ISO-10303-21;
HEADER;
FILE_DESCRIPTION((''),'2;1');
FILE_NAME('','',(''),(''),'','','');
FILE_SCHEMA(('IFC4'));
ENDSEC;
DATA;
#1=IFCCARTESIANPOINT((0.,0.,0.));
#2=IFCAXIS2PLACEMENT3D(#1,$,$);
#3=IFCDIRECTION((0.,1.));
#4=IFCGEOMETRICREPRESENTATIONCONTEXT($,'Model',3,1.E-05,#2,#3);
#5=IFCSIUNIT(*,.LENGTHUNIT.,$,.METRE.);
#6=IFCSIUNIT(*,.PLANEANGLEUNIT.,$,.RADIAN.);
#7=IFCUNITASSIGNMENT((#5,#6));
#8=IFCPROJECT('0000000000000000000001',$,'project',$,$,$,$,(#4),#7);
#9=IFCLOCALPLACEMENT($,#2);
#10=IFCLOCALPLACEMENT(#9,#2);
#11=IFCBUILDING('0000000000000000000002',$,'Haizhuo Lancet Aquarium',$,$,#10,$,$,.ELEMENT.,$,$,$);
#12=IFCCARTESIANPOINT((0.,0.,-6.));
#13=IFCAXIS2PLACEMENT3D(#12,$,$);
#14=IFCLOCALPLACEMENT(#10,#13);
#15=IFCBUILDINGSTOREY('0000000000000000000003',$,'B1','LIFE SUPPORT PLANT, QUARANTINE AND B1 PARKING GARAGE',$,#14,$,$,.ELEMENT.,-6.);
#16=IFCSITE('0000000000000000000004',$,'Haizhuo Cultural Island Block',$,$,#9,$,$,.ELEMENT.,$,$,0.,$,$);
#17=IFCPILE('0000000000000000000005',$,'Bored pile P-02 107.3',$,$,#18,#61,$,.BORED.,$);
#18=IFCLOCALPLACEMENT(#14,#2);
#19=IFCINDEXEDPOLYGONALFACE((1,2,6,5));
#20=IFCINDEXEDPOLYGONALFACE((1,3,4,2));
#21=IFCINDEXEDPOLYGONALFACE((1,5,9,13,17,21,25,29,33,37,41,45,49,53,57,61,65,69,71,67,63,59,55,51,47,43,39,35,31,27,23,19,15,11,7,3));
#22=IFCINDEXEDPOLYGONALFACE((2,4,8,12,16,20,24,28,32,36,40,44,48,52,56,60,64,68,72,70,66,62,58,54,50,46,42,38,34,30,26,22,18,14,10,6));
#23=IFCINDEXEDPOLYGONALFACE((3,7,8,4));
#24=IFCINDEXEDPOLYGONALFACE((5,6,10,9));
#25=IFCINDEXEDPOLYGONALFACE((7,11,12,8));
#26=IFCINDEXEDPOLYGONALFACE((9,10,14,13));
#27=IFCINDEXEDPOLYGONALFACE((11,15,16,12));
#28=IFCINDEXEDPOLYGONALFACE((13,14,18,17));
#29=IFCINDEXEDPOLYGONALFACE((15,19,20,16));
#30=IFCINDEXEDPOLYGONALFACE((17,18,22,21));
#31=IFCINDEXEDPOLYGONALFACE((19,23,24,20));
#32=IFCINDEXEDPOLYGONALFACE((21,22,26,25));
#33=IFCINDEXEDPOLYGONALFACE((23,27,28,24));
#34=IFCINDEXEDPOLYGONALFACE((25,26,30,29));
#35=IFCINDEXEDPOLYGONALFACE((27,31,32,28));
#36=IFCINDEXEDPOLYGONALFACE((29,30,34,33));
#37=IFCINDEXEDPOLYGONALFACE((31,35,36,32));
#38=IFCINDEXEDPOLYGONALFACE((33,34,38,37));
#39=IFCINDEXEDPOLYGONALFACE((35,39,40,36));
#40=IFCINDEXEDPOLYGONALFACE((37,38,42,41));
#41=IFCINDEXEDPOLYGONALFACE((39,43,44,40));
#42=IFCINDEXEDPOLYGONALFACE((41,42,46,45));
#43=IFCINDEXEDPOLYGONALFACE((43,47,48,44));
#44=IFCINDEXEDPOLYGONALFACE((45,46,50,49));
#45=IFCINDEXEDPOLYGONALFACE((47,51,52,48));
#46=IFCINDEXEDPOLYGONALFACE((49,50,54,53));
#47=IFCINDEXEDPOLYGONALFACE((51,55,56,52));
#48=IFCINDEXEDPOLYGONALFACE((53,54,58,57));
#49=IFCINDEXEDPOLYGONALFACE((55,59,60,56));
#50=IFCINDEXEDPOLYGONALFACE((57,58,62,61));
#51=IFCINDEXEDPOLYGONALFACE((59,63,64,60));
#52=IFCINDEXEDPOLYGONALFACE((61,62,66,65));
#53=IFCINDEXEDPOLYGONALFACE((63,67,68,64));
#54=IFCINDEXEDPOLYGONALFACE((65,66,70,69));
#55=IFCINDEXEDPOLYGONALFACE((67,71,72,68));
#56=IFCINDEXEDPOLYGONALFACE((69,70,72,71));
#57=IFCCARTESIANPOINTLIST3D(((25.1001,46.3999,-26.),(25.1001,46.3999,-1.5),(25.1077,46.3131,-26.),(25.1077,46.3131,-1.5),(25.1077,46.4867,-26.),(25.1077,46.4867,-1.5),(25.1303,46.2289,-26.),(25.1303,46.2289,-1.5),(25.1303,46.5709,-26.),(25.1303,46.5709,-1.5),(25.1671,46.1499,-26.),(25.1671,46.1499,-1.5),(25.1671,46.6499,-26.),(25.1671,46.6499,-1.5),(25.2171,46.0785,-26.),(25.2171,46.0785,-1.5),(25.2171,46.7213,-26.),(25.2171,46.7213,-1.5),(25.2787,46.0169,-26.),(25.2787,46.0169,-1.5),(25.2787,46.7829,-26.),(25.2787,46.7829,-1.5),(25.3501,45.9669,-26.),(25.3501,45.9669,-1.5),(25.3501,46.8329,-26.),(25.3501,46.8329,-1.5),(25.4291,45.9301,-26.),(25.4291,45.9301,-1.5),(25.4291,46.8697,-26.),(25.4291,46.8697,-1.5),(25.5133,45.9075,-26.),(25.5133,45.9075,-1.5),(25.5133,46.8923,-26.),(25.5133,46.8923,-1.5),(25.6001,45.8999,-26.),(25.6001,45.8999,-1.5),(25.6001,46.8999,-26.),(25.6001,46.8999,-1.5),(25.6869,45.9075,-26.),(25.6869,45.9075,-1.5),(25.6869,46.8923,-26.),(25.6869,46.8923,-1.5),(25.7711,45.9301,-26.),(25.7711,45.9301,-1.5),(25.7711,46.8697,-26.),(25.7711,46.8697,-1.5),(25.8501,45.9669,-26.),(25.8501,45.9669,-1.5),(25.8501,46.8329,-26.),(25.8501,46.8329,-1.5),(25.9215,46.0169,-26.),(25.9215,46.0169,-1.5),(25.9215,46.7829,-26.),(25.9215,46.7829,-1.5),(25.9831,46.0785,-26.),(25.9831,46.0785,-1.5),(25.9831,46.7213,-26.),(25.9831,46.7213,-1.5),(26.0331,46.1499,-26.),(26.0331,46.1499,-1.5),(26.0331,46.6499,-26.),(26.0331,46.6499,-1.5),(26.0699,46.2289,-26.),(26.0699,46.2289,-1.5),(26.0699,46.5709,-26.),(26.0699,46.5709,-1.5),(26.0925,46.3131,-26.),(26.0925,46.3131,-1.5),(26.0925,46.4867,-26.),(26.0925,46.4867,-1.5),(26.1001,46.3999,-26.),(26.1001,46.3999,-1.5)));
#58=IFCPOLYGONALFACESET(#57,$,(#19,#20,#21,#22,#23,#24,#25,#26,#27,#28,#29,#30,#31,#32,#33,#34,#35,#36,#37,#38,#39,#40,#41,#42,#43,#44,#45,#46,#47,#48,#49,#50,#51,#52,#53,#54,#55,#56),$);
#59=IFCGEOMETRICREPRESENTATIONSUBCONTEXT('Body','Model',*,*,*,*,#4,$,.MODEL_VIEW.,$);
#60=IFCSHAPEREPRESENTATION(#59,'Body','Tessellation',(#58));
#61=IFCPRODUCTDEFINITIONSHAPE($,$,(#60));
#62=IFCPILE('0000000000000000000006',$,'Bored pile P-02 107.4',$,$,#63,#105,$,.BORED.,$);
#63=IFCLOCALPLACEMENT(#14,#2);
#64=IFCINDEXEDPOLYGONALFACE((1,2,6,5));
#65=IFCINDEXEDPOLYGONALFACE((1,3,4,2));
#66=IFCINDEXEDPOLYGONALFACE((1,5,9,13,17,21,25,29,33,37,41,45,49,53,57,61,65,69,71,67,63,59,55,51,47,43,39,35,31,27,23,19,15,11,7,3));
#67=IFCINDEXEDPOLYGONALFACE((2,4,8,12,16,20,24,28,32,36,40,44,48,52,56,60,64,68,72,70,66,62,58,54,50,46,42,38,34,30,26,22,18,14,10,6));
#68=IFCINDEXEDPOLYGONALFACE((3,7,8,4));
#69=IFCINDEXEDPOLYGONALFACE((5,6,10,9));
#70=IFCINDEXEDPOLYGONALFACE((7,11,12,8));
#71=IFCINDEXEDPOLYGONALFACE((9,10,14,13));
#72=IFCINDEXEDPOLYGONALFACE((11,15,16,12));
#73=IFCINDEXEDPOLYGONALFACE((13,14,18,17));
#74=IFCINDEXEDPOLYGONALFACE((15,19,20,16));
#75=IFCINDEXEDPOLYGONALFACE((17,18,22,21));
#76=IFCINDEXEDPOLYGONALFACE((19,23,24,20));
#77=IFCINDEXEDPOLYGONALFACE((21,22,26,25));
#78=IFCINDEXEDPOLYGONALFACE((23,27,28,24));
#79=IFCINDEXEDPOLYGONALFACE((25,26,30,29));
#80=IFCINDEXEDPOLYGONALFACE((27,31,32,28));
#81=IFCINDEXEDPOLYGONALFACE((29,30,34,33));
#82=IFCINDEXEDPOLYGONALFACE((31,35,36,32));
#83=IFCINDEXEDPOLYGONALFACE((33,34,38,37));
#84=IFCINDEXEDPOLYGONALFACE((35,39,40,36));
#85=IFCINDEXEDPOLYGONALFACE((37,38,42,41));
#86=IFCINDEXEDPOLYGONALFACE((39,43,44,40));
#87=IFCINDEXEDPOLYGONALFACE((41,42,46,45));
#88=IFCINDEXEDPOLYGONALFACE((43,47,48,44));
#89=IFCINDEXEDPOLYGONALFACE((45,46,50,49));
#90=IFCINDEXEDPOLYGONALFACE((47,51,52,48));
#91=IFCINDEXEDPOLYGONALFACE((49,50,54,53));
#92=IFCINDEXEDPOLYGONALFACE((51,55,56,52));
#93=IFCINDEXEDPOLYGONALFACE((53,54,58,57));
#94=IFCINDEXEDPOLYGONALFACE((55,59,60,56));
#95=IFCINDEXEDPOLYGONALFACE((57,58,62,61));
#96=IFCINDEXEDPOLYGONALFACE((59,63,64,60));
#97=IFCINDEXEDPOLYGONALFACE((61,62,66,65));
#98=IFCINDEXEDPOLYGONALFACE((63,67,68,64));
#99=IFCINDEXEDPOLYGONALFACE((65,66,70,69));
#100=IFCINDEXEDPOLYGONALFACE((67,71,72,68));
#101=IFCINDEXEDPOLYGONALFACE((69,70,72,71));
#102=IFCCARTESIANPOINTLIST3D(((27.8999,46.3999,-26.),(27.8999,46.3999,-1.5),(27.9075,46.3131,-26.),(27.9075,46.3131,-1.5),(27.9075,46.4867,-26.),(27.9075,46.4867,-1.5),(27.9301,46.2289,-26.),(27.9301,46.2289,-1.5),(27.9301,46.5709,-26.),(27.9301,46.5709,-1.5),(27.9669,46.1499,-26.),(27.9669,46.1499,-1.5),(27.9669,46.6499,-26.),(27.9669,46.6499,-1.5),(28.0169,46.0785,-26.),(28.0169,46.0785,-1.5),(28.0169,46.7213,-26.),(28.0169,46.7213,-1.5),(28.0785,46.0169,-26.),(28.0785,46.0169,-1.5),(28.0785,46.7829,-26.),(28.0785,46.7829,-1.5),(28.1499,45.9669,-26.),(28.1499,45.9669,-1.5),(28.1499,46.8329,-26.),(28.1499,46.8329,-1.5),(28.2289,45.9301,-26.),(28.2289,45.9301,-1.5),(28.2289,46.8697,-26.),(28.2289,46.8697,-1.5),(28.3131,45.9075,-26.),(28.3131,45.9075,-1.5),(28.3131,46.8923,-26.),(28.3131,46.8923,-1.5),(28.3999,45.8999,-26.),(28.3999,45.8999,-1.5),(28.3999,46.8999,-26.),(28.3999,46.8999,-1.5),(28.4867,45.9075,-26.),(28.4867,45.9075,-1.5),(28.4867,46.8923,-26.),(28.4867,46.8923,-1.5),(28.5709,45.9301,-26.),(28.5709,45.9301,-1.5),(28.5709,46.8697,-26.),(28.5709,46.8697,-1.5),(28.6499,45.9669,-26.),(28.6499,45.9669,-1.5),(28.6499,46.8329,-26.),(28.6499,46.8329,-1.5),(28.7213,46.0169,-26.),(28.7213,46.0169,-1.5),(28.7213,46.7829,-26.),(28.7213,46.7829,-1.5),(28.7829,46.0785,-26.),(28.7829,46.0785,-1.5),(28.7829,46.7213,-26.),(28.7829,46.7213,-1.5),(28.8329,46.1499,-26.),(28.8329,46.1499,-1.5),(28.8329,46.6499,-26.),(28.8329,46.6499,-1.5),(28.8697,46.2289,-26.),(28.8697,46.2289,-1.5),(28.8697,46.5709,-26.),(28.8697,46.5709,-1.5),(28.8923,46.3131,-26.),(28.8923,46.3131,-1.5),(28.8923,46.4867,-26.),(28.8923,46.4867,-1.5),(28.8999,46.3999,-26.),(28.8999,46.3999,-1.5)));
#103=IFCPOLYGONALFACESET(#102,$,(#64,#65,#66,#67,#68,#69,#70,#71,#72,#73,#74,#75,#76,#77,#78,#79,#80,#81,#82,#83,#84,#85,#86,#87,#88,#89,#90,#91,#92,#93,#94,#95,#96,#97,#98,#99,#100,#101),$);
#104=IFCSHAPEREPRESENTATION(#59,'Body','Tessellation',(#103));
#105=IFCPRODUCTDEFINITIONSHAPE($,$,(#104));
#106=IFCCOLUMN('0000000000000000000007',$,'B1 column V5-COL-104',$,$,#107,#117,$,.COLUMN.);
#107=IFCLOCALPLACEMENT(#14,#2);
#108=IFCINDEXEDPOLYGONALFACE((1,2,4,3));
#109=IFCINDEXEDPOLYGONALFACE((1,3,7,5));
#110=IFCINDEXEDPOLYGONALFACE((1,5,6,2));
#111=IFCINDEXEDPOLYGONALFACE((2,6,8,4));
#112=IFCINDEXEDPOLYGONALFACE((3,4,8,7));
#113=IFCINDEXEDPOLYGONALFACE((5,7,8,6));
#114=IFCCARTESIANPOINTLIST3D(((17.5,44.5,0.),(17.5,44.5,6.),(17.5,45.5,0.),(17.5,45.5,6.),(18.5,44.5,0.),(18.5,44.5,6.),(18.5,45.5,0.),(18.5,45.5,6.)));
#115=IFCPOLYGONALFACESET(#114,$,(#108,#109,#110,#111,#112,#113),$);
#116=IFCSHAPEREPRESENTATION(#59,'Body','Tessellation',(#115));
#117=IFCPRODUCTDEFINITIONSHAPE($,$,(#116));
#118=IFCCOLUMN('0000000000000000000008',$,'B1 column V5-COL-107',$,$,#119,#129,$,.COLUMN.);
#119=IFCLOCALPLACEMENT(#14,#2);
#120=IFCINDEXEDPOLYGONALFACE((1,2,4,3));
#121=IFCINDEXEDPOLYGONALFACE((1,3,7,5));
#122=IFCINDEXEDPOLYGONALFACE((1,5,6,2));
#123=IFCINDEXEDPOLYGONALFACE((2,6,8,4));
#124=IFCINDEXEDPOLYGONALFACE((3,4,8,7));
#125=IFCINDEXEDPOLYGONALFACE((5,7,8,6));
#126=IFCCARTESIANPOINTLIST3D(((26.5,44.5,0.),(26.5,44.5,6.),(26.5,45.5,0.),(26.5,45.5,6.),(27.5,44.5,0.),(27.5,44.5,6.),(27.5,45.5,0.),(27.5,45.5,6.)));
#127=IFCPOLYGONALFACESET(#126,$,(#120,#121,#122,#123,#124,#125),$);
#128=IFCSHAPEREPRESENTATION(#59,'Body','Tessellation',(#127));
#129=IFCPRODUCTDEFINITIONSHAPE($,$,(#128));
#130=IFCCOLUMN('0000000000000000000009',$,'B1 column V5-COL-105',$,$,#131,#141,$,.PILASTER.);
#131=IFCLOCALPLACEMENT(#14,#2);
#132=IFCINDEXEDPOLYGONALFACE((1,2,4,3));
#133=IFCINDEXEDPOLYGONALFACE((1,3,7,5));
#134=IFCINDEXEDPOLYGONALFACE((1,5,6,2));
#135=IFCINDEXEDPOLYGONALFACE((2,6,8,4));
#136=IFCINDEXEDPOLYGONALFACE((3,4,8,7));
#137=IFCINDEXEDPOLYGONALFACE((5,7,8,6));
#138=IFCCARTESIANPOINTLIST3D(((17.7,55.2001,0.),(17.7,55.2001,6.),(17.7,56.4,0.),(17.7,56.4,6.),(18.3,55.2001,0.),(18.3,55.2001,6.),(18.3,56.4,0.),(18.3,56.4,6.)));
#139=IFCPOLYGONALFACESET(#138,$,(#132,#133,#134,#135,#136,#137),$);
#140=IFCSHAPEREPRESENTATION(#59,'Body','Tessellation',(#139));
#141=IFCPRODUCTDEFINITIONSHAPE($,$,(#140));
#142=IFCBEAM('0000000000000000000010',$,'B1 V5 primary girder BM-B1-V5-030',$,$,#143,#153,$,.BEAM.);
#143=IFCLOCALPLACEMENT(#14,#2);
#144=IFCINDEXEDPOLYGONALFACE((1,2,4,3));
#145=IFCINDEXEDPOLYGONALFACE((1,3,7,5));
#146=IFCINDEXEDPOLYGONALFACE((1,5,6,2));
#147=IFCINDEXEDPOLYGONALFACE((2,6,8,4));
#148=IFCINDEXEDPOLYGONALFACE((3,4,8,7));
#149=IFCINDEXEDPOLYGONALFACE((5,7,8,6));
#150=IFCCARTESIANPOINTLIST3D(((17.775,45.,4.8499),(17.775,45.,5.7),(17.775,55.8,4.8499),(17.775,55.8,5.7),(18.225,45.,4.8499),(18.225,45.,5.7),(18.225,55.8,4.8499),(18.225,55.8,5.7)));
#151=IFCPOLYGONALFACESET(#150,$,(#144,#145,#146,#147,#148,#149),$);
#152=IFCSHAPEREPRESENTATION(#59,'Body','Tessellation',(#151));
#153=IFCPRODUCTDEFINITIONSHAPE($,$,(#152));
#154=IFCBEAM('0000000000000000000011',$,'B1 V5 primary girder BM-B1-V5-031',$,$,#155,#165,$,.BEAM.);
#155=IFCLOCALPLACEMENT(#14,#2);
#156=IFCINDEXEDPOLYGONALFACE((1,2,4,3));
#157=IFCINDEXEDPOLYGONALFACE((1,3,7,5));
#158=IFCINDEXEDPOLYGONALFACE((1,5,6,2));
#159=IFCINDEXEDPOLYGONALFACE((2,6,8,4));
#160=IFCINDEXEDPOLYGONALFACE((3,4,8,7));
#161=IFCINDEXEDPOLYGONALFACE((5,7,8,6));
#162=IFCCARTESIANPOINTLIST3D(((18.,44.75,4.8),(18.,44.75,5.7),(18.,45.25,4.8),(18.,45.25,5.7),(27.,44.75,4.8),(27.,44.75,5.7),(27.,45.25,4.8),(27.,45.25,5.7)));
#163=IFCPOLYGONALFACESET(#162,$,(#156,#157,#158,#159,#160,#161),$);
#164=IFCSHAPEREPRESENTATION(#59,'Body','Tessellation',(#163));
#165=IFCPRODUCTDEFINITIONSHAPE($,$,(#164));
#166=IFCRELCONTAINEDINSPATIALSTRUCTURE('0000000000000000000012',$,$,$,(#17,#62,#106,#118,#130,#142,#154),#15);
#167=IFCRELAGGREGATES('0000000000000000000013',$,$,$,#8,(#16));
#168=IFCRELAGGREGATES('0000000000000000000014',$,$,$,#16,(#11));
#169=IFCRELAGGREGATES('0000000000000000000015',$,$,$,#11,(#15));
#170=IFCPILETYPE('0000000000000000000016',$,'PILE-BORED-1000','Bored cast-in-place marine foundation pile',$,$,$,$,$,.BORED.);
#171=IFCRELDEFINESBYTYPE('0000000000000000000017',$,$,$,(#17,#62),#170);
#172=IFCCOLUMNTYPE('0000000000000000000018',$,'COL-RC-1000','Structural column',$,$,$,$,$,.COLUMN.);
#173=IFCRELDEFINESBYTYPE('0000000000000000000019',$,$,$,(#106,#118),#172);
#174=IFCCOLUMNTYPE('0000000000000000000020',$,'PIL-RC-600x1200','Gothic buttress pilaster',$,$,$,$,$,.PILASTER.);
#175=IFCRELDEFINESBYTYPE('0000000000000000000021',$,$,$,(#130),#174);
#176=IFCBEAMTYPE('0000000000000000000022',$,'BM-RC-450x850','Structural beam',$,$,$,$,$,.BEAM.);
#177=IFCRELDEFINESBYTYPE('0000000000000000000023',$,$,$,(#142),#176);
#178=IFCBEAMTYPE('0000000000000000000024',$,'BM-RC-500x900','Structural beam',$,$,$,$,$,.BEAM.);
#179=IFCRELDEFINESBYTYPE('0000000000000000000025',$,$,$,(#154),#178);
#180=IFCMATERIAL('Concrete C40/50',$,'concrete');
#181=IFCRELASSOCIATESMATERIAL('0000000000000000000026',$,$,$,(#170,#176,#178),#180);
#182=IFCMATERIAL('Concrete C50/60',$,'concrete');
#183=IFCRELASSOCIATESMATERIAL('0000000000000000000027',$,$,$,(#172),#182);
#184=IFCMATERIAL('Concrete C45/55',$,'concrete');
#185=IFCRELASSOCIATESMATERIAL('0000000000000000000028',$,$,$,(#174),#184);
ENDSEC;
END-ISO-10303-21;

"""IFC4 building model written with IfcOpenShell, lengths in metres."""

from ifc_helpers import new_model, si_unit, direction, frame, origin, origin_2d, place, context, subcontext, project, spatial, rectangle, circle, extrude, material, material_profile, profile_set, type_object, element, save


model = new_model("IFC4")

# Units and contexts
model_context = context("Model", 3, precision=1e-05, world=origin(), true_north=direction((0.0, 1.0)))
body_context = subcontext(model_context, "Body", "Model", "MODEL_VIEW")
ifc_project = project(units=[si_unit("LENGTHUNIT", "METRE"), si_unit("PLANEANGLEUNIT", "RADIAN")], contexts=[model_context])

# Site, building, storey
site_placement = place(None, origin())
site = spatial("IfcSite", under=ifc_project, at=site_placement, Name="Haizhuo Cultural Island Block", CompositionType="ELEMENT", RefElevation=0.0)
building_placement = place(site_placement, origin())
building = spatial("IfcBuilding", under=site, at=building_placement, Name="Haizhuo Lancet Aquarium", CompositionType="ELEMENT")
storey_placement = place(building_placement, frame((0.0, 0.0, -6.0)))
storey = spatial("IfcBuildingStorey", under=building, at=storey_placement, Name="B1", Description="LIFE SUPPORT PLANT, QUARANTINE AND B1 PARKING GARAGE", CompositionType="ELEMENT", Elevation=-6.0)

# Shared definitions
ifc_material_1 = material(Name="Concrete C40/50", Category="concrete")

# Piles
ifc_material_profile_1 = material_profile(ifc_material_1, circle(Radius=0.5, at=origin_2d()), Name="PILE-1000")
ifc_profile_set_1 = profile_set([ifc_material_profile_1], Name="Concrete C40/50")
pile_type = type_object("IfcPileType", Name="PILE-BORED-1000", Description="Bored cast-in-place marine foundation pile", PredefinedType="BORED", material=ifc_profile_set_1)
for number, where, z_axis, x_axis, name in (
    (1, (25.6001, 46.3999, -1.5), (0.0, 0.0, -1.0), (1.0, 0.0, 0.0), "Bored pile P-02 107.3"),
    (2, (28.3999, 46.3999, -1.5), (0.0, 0.0, -1.0), (1.0, 0.0, 0.0), "Bored pile P-02 107.4"),
):
    element("IfcPile", number, at=place(storey_placement, frame(where, z_axis=z_axis, x_axis=x_axis)), inside=storey, type_object=pile_type, Name=name, PredefinedType="BORED", context=body_context, shape_type="SweptSolid", body=[
        extrude(circle(Radius=0.5, at=origin_2d()), origin(), (0.0, 0.0, 1.0), 24.5),
    ])

# Columns
ifc_material_2 = material(Name="Concrete C50/60", Category="concrete")
ifc_material_profile_2 = material_profile(ifc_material_2, rectangle(XDim=1.0, YDim=1.0, at=origin_2d()), Name="RC-COL 1000x1000")
ifc_profile_set_2 = profile_set([ifc_material_profile_2], Name="Concrete C50/60")
column_type_1 = type_object("IfcColumnType", Name="COL-RC-1000", Description="Structural column", PredefinedType="COLUMN", material=ifc_profile_set_2)
for number, where, z_axis, x_axis, name in (
    (3, (18.0, 45.0, 0.0), (0.0, 0.0, 1.0), (1.0, 0.0, 0.0), "B1 column V5-COL-104"),
    (4, (27.0, 45.0, 0.0), (0.0, 0.0, 1.0), (1.0, 0.0, 0.0), "B1 column V5-COL-107"),
):
    element("IfcColumn", number, at=place(storey_placement, frame(where, z_axis=z_axis, x_axis=x_axis)), inside=storey, type_object=column_type_1, Name=name, PredefinedType="COLUMN", context=body_context, shape_type="SweptSolid", body=[
        extrude(rectangle(XDim=1.0, YDim=1.0, at=origin_2d()), origin(), (0.0, 0.0, 1.0), 6.0),
    ])
ifc_material_3 = material(Name="Concrete C45/55", Category="concrete")
ifc_material_profile_3 = material_profile(ifc_material_3, rectangle(XDim=0.6001, YDim=1.2, at=origin_2d()), Name="RC-PIL 600x1200")
ifc_profile_set_3 = profile_set([ifc_material_profile_3], Name="Concrete C45/55")
column_type_2 = type_object("IfcColumnType", Name="PIL-RC-600x1200", Description="Gothic buttress pilaster", PredefinedType="PILASTER", material=ifc_profile_set_3)
column_placement = place(storey_placement, frame((18.0, 55.8, 0.0), z_axis=(0.0, 0.0, 1.0), x_axis=(1.0, 0.0, 0.0)))
element("IfcColumn", 5, at=column_placement, inside=storey, type_object=column_type_2, Name="B1 column V5-COL-105", PredefinedType="PILASTER", context=body_context, shape_type="SweptSolid", body=[
    extrude(rectangle(XDim=0.6001, YDim=1.2, at=origin_2d()), origin(), (0.0, 0.0, 1.0), 6.0),
])

# Beams
ifc_material_profile_4 = material_profile(ifc_material_1, rectangle(XDim=0.45, YDim=0.8501, at=origin_2d()), Name="RC-BM 450x850")
ifc_profile_set_4 = profile_set([ifc_material_profile_4], Name="Concrete C40/50")
beam_type_1 = type_object("IfcBeamType", Name="BM-RC-450x850", Description="Structural beam", PredefinedType="BEAM", material=ifc_profile_set_4)
beam_1_placement = place(storey_placement, frame((18.0, 45.0, 5.2749), z_axis=(0.0, 1.0, 0.0), x_axis=(-1.0, 0.0, 0.0)))
element("IfcBeam", 6, at=beam_1_placement, inside=storey, type_object=beam_type_1, Name="B1 V5 primary girder BM-B1-V5-030", PredefinedType="BEAM", context=body_context, shape_type="SweptSolid", body=[
    extrude(rectangle(XDim=0.45, YDim=0.8501, at=origin_2d()), origin(), (0.0, 0.0, 1.0), 10.8),
])
ifc_material_profile_5 = material_profile(ifc_material_1, rectangle(XDim=0.5, YDim=0.8999, at=origin_2d()), Name="RC-BM 500x900")
ifc_profile_set_5 = profile_set([ifc_material_profile_5], Name="Concrete C40/50")
beam_type_2 = type_object("IfcBeamType", Name="BM-RC-500x900", Description="Structural beam", PredefinedType="BEAM", material=ifc_profile_set_5)
beam_2_placement = place(storey_placement, frame((18.0, 45.0, 5.25), z_axis=(1.0, 0.0, 0.0), x_axis=(0.0, 1.0, 0.0)))
element("IfcBeam", 7, at=beam_2_placement, inside=storey, type_object=beam_type_2, Name="B1 V5 primary girder BM-B1-V5-031", PredefinedType="BEAM", context=body_context, shape_type="SweptSolid", body=[
    extrude(rectangle(XDim=0.5, YDim=0.8999, at=origin_2d()), origin(), (0.0, 0.0, 1.0), 9.0),
])

save(model, "model.ifc")
